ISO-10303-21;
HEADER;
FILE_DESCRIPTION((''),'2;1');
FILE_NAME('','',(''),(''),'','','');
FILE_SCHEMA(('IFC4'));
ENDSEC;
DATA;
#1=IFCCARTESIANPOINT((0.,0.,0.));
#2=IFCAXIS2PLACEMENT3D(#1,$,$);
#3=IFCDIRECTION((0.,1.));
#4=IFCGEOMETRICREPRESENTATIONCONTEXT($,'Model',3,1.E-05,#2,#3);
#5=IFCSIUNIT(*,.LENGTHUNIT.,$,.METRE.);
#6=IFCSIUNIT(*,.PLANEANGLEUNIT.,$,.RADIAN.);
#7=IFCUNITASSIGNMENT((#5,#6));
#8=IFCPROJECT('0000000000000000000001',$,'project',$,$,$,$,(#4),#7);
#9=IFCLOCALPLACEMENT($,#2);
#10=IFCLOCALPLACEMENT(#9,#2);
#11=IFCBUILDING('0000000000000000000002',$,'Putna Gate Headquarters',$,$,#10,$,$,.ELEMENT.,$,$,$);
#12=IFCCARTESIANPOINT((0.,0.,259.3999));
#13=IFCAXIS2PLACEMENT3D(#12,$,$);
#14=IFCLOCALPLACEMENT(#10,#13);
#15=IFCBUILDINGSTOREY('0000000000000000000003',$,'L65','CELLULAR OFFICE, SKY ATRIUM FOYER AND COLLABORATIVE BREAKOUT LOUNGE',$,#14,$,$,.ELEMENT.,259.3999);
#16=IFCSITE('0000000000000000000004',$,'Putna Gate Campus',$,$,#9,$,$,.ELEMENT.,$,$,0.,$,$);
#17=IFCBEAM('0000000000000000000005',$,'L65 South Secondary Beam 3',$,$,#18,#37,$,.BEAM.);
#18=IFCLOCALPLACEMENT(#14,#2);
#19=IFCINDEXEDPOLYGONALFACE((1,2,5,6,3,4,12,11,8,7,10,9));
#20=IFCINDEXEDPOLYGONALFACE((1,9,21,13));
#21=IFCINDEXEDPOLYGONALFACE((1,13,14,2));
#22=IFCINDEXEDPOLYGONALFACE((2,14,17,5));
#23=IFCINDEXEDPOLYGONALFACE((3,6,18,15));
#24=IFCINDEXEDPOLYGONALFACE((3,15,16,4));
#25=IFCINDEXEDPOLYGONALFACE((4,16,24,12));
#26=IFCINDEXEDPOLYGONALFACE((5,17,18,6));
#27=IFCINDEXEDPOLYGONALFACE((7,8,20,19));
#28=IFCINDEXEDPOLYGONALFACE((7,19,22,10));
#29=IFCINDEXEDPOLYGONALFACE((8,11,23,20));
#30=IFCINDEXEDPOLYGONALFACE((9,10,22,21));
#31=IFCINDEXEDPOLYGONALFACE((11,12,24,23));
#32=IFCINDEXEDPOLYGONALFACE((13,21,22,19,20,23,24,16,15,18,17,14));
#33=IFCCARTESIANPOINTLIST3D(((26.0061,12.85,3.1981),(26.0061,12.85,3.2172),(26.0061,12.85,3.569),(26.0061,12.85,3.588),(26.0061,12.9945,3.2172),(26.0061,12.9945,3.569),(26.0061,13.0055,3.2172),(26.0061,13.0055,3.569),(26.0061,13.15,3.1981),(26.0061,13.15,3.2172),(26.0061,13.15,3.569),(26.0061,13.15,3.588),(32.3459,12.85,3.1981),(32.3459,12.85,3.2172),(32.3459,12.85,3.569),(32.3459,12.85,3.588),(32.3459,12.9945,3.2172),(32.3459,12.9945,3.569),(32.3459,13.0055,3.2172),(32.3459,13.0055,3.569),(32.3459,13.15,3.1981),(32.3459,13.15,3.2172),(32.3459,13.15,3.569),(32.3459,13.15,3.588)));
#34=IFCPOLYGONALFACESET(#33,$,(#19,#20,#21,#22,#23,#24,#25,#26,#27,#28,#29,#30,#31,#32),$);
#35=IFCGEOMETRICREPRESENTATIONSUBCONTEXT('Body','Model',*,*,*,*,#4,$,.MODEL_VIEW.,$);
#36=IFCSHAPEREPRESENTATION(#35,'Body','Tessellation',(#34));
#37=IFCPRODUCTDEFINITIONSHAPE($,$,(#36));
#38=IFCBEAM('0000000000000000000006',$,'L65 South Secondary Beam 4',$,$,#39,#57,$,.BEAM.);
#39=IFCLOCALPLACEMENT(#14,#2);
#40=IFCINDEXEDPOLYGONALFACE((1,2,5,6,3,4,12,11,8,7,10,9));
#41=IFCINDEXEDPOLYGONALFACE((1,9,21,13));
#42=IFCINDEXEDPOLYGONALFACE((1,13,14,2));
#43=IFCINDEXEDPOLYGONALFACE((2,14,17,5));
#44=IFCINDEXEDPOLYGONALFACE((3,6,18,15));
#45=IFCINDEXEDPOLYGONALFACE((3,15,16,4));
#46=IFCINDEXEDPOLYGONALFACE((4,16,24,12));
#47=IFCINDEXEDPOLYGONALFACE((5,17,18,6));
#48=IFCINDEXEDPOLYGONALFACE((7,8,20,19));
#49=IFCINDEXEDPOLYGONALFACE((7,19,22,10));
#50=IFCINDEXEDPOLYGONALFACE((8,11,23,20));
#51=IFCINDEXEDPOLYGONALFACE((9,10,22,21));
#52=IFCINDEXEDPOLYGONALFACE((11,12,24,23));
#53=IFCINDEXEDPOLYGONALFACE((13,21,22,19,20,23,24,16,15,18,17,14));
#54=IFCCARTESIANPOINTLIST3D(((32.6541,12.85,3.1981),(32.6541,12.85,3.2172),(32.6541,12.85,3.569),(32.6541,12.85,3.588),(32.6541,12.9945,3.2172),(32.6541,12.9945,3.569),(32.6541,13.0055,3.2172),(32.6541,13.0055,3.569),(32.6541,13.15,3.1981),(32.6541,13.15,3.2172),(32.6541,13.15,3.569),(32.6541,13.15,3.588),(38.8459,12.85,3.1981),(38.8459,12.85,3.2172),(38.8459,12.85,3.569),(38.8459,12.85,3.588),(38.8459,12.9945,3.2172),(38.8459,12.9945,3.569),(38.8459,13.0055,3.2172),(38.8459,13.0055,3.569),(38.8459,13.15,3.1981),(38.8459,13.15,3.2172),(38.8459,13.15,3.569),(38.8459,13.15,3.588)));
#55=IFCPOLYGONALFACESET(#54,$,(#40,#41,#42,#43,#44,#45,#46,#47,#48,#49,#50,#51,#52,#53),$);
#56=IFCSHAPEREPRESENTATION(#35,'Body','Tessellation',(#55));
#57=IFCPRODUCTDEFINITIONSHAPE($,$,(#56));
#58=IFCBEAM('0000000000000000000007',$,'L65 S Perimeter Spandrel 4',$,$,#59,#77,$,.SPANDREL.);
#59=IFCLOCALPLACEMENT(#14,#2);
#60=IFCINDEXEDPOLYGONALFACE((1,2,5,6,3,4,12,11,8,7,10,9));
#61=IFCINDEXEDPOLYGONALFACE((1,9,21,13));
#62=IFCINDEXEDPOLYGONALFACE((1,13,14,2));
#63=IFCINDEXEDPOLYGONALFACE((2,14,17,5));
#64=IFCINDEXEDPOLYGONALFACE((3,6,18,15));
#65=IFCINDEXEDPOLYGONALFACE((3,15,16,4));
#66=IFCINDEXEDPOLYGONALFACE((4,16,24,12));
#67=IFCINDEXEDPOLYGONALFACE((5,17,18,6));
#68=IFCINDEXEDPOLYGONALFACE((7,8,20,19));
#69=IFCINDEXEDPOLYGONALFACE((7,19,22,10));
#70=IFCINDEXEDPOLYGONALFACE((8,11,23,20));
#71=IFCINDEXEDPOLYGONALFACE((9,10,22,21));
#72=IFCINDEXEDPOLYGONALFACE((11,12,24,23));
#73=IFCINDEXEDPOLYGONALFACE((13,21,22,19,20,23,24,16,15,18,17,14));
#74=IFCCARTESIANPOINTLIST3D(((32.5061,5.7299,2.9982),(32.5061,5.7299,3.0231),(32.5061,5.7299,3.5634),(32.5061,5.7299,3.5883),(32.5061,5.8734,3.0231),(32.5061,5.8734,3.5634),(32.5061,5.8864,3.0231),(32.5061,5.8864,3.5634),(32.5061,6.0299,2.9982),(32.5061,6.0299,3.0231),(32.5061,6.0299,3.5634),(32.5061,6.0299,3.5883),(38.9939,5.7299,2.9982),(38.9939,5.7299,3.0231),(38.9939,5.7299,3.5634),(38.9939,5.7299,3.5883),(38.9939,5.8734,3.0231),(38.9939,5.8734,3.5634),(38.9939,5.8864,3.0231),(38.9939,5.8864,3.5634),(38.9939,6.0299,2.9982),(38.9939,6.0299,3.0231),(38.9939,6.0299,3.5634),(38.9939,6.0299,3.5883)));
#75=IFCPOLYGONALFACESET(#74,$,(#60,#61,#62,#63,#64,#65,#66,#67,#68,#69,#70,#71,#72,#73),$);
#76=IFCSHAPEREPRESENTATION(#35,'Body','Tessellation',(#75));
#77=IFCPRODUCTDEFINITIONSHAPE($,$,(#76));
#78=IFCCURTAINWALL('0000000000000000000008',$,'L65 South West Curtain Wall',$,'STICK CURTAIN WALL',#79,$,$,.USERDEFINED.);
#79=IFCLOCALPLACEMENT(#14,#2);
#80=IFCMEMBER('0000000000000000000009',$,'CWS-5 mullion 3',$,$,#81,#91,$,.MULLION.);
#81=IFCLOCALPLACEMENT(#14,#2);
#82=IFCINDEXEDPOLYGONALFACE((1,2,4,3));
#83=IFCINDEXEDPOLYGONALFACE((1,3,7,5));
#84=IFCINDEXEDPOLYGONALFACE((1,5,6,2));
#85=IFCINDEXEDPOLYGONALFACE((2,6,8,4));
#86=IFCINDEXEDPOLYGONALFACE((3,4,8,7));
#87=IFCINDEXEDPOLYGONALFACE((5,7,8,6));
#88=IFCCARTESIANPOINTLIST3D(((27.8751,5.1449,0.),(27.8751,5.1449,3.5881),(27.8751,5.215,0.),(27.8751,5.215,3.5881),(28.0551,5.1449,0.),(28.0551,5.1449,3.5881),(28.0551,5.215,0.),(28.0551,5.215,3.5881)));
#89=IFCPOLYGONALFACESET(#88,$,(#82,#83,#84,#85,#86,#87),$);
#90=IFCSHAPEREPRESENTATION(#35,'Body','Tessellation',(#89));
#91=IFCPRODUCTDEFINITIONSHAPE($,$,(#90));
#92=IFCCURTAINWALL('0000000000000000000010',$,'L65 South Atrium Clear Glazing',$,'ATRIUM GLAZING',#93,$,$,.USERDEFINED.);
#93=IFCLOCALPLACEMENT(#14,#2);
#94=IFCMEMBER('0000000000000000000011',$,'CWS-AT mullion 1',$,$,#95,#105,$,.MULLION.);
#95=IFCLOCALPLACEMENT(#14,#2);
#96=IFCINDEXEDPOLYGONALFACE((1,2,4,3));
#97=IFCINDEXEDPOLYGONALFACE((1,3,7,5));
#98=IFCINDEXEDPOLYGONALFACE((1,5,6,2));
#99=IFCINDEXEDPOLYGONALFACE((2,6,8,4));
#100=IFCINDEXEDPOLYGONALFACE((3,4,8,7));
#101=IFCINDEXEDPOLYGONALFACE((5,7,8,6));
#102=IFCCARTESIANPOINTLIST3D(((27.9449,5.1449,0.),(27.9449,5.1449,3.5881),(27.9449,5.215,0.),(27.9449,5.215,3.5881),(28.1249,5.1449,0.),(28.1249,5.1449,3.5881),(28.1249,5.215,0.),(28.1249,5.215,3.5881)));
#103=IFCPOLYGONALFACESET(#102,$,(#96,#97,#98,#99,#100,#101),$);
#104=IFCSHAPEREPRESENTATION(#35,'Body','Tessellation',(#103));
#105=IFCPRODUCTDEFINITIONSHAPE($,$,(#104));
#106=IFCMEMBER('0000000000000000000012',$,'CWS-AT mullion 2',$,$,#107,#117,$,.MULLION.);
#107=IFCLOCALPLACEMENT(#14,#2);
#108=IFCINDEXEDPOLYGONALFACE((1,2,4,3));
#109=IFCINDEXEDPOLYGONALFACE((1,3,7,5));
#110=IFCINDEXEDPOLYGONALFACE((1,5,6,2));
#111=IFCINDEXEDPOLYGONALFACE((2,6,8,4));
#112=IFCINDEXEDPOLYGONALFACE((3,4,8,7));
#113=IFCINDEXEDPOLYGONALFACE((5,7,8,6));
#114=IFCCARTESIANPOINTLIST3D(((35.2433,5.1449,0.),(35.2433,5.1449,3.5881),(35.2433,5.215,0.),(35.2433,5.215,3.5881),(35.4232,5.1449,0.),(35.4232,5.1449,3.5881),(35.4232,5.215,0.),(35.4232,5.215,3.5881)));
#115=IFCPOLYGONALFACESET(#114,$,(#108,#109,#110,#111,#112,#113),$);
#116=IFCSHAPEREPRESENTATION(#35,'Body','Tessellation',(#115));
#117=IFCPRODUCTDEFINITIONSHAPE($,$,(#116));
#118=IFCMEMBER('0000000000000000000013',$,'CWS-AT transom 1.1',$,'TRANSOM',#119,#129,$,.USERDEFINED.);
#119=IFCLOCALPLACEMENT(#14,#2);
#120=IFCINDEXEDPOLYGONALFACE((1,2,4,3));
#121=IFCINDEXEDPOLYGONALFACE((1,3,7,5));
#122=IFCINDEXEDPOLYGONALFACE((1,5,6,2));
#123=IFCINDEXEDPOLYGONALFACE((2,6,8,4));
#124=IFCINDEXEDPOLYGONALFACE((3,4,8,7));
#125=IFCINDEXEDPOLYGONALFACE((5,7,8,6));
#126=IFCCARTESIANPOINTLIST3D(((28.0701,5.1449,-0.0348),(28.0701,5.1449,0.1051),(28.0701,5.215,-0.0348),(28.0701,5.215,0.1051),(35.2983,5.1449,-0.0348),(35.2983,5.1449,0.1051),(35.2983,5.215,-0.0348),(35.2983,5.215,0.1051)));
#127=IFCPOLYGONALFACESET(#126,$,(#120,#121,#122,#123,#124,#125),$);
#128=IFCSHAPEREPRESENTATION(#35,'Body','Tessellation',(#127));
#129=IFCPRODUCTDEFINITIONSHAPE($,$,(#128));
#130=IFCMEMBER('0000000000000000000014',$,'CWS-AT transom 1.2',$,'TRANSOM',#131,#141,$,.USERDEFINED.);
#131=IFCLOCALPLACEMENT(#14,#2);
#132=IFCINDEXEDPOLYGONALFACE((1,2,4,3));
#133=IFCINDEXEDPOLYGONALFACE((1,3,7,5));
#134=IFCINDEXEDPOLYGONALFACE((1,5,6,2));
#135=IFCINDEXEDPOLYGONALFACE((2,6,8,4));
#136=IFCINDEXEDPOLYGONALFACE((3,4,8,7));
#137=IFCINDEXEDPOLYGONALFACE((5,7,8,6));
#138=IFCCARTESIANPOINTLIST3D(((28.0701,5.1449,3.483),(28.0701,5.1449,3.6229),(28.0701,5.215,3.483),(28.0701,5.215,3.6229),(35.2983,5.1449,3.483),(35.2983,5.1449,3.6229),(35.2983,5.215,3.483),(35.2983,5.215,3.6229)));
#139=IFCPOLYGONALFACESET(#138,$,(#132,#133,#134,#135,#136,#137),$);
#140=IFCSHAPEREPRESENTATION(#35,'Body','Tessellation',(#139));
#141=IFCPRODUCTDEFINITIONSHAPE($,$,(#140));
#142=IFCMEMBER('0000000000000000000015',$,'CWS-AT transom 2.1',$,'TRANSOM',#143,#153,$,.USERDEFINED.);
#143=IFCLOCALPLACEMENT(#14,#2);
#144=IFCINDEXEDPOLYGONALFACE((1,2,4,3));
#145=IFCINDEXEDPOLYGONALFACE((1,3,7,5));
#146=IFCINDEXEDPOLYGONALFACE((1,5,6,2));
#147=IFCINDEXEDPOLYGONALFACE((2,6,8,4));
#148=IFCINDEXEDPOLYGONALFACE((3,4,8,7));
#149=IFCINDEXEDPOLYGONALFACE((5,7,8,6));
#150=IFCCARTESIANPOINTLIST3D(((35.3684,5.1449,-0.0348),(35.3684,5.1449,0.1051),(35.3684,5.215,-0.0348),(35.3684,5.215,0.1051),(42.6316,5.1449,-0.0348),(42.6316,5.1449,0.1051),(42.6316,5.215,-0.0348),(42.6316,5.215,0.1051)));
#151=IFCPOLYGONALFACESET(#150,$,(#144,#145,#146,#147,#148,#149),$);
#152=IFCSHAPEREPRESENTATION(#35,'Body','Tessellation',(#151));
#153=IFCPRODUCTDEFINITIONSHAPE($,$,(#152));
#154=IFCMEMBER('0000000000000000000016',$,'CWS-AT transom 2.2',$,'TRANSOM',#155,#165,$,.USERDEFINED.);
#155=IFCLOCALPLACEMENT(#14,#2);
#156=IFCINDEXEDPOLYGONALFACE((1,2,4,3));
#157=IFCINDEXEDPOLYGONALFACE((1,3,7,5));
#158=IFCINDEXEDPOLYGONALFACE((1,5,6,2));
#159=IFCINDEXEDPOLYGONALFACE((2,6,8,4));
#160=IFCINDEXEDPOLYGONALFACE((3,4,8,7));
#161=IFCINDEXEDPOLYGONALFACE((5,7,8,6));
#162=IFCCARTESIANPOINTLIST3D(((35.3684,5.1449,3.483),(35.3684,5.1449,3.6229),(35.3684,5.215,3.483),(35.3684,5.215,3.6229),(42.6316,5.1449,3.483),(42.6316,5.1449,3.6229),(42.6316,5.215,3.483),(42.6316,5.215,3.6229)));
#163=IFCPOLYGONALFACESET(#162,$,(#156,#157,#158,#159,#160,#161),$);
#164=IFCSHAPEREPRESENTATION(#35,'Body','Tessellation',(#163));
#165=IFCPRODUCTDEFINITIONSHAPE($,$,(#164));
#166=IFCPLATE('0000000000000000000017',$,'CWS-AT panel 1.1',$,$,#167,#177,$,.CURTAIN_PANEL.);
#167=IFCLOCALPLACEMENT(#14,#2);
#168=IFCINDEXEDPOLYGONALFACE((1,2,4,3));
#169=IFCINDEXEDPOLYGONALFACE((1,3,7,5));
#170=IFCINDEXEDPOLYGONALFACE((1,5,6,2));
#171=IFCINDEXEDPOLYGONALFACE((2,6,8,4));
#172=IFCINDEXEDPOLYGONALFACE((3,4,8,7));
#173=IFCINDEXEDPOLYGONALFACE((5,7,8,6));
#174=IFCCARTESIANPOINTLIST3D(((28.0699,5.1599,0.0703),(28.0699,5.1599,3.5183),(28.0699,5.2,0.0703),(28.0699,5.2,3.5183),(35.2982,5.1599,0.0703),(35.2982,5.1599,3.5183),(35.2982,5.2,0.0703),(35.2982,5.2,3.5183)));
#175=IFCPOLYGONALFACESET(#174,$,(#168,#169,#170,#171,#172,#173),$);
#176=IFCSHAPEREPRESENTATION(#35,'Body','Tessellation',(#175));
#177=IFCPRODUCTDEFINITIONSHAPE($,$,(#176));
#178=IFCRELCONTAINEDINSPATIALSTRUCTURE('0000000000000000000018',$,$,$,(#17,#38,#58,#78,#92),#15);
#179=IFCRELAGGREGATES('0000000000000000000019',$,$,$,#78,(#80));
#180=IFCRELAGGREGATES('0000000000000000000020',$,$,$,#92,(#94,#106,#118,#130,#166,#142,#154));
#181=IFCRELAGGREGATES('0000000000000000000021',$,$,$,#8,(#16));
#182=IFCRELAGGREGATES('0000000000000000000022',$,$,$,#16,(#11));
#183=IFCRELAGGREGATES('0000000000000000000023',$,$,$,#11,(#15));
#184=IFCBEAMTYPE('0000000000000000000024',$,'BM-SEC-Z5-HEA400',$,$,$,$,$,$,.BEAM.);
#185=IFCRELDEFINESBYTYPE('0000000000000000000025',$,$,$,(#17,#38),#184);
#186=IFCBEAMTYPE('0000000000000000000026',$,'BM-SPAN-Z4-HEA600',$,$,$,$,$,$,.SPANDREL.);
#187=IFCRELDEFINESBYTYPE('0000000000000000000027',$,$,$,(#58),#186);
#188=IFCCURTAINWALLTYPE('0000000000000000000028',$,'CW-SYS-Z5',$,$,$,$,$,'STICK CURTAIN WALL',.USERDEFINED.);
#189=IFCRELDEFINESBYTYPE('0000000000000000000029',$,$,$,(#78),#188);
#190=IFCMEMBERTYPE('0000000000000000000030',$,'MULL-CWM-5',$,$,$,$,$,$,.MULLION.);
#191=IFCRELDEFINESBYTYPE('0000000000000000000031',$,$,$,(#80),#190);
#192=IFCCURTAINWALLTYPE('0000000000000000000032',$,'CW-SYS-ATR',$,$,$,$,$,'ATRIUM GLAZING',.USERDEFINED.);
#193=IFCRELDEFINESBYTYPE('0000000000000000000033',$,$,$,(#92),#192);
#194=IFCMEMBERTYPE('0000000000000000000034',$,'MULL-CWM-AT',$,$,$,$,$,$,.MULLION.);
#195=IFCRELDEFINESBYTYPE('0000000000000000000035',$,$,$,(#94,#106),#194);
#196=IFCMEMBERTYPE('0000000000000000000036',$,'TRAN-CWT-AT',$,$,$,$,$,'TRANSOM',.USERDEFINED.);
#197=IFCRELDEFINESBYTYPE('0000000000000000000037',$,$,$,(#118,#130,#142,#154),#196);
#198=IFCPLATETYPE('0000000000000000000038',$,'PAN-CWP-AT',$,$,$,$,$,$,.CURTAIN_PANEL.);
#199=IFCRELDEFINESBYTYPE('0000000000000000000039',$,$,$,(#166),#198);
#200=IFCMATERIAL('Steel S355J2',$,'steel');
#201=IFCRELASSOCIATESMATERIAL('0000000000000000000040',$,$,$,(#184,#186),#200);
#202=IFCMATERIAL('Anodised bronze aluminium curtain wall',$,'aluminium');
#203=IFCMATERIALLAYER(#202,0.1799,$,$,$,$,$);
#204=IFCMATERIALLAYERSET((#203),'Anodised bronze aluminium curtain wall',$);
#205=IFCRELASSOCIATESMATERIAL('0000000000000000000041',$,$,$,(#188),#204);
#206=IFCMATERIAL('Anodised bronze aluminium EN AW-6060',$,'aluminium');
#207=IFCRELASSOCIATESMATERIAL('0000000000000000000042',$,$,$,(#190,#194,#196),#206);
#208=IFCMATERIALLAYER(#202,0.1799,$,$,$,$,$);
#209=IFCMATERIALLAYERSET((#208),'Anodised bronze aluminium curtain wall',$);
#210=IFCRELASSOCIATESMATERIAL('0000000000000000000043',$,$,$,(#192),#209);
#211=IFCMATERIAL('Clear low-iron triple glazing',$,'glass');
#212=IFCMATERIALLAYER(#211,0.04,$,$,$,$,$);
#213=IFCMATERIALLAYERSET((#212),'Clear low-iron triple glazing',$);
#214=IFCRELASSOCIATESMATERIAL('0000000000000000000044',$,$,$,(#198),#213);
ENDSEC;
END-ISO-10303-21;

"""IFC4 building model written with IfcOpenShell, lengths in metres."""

from ifc_helpers import new_model, si_unit, direction, frame, origin, origin_2d, place, context, subcontext, project, spatial, rectangle, i_section, extrude, material, layer, layer_set, material_profile, profile_set, type_object, element, aggregate, save


model = new_model("IFC4")

# Units and contexts
model_context = context("Model", 3, precision=1e-05, world=origin(), true_north=direction((0.0, 1.0)))
body_context = subcontext(model_context, "Body", "Model", "MODEL_VIEW")
ifc_project = project(units=[si_unit("LENGTHUNIT", "METRE"), si_unit("PLANEANGLEUNIT", "RADIAN")], contexts=[model_context])

# Site, building, storey
site_placement = place(None, origin())
site = spatial("IfcSite", under=ifc_project, at=site_placement, Name="Putna Gate Campus", CompositionType="ELEMENT", RefElevation=0.0)
building_placement = place(site_placement, origin())
building = spatial("IfcBuilding", under=site, at=building_placement, Name="Putna Gate Headquarters", CompositionType="ELEMENT")
storey_placement = place(building_placement, frame((0.0, 0.0, 259.3999)))
storey = spatial("IfcBuildingStorey", under=building, at=storey_placement, Name="L65", Description="CELLULAR OFFICE, SKY ATRIUM FOYER AND COLLABORATIVE BREAKOUT LOUNGE", CompositionType="ELEMENT", Elevation=259.3999)

# Beams
ifc_material_1 = material(Name="Steel S355J2", Category="steel")
ifc_material_profile_1 = material_profile(ifc_material_1, i_section(OverallWidth=0.3, OverallDepth=0.3899, WebThickness=0.011, FlangeThickness=0.019, at=origin_2d()), Name="Steel S355J2")
ifc_profile_set_1 = profile_set([ifc_material_profile_1], Name="Steel S355J2")
beam_type_1 = type_object("IfcBeamType", Name="BM-SEC-Z5-HEA400", PredefinedType="BEAM", material=ifc_profile_set_1)
beam_1_placement = place(storey_placement, frame((26.0061, 13.0, 3.3931), z_axis=(1.0, 0.0, 0.0), x_axis=(0.0, 1.0, 0.0)))
element("IfcBeam", 1, at=beam_1_placement, inside=storey, type_object=beam_type_1, Name="L65 South Secondary Beam 3", PredefinedType="BEAM", context=body_context, shape_type="SweptSolid", body=[
    extrude(i_section(OverallWidth=0.3, OverallDepth=0.3899, WebThickness=0.011, FlangeThickness=0.019, at=origin_2d()), origin(), (0.0, 0.0, 1.0), 6.3398),
])
beam_2_placement = place(storey_placement, frame((32.6541, 13.0, 3.3931), z_axis=(1.0, 0.0, 0.0), x_axis=(0.0, 1.0, 0.0)))
element("IfcBeam", 2, at=beam_2_placement, inside=storey, type_object=beam_type_1, Name="L65 South Secondary Beam 4", PredefinedType="BEAM", context=body_context, shape_type="SweptSolid", body=[
    extrude(i_section(OverallWidth=0.3, OverallDepth=0.3899, WebThickness=0.011, FlangeThickness=0.019, at=origin_2d()), origin(), (0.0, 0.0, 1.0), 6.1919),
])
ifc_material_profile_2 = material_profile(ifc_material_1, i_section(OverallWidth=0.3, OverallDepth=0.5901, WebThickness=0.0129, FlangeThickness=0.0249, at=origin_2d()), Name="Steel S355J2")
ifc_profile_set_2 = profile_set([ifc_material_profile_2], Name="Steel S355J2")
beam_type_2 = type_object("IfcBeamType", Name="BM-SPAN-Z4-HEA600", PredefinedType="SPANDREL", material=ifc_profile_set_2)
beam_3_placement = place(storey_placement, frame((32.5061, 5.8799, 3.2932), z_axis=(1.0, 0.0, 0.0), x_axis=(0.0, 1.0, 0.0)))
element("IfcBeam", 3, at=beam_3_placement, inside=storey, type_object=beam_type_2, Name="L65 S Perimeter Spandrel 4", PredefinedType="SPANDREL", context=body_context, shape_type="SweptSolid", body=[
    extrude(i_section(OverallWidth=0.3, OverallDepth=0.5901, WebThickness=0.0129, FlangeThickness=0.0249, at=origin_2d()), origin(), (0.0, 0.0, 1.0), 6.4878),
])

# Curtain wall, member
ifc_material_2 = material(Name="Anodised bronze aluminium curtain wall", Category="aluminium")
ifc_layer_1 = layer(ifc_material_2, 0.1799)
ifc_layer_set_1 = layer_set([ifc_layer_1], Name="Anodised bronze aluminium curtain wall")
curtain_wall_type_1 = type_object("IfcCurtainWallType", Name="CW-SYS-Z5", ElementType="STICK CURTAIN WALL", PredefinedType="USERDEFINED", material=ifc_layer_set_1)
curtain_wall_1_placement = place(storey_placement, origin())
curtain_wall_1 = element("IfcCurtainWall", 4, at=curtain_wall_1_placement, inside=storey, type_object=curtain_wall_type_1, Name="L65 South West Curtain Wall", ObjectType="STICK CURTAIN WALL", PredefinedType="USERDEFINED")
ifc_material_3 = material(Name="Anodised bronze aluminium EN AW-6060", Category="aluminium")
ifc_material_profile_3 = material_profile(ifc_material_3, rectangle(XDim=0.0701, YDim=0.1799, at=origin_2d()), Name="Anodised bronze aluminium EN AW-6060")
ifc_profile_set_3 = profile_set([ifc_material_profile_3], Name="Anodised bronze aluminium EN AW-6060")
member_type_1 = type_object("IfcMemberType", Name="MULL-CWM-5", PredefinedType="MULLION", material=ifc_profile_set_3)
member_1_placement = place(storey_placement, frame((27.9651, 5.1799, 0.0), z_axis=(0.0, 0.0, 1.0), x_axis=(0.0, 1.0, 0.0)))
member_1 = element("IfcMember", 5, at=member_1_placement, type_object=member_type_1, Name="CWS-5 mullion 3", PredefinedType="MULLION", context=body_context, shape_type="SweptSolid", body=[
    extrude(rectangle(XDim=0.0701, YDim=0.1799, at=origin_2d()), origin(), (0.0, 0.0, 1.0), 3.5881),
])
aggregate(curtain_wall_1, [member_1])

# Curtain wall, members, plate
ifc_layer_2 = layer(ifc_material_2, 0.1799)
ifc_layer_set_2 = layer_set([ifc_layer_2], Name="Anodised bronze aluminium curtain wall")
curtain_wall_type_2 = type_object("IfcCurtainWallType", Name="CW-SYS-ATR", ElementType="ATRIUM GLAZING", PredefinedType="USERDEFINED", material=ifc_layer_set_2)
curtain_wall_2_placement = place(storey_placement, origin())
curtain_wall_2 = element("IfcCurtainWall", 6, at=curtain_wall_2_placement, inside=storey, type_object=curtain_wall_type_2, Name="L65 South Atrium Clear Glazing", ObjectType="ATRIUM GLAZING", PredefinedType="USERDEFINED")
ifc_material_profile_4 = material_profile(ifc_material_3, rectangle(XDim=0.0701, YDim=0.1799, at=origin_2d()), Name="Anodised bronze aluminium EN AW-6060")
ifc_profile_set_4 = profile_set([ifc_material_profile_4], Name="Anodised bronze aluminium EN AW-6060")
member_type_2 = type_object("IfcMemberType", Name="MULL-CWM-AT", PredefinedType="MULLION", material=ifc_profile_set_4)
member_2_placement = place(storey_placement, frame((28.0349, 5.1799, 0.0), z_axis=(0.0, 0.0, 1.0), x_axis=(0.0, 1.0, 0.0)))
member_2 = element("IfcMember", 7, at=member_2_placement, type_object=member_type_2, Name="CWS-AT mullion 1", PredefinedType="MULLION", context=body_context, shape_type="SweptSolid", body=[
    extrude(rectangle(XDim=0.0701, YDim=0.1799, at=origin_2d()), origin(), (0.0, 0.0, 1.0), 3.5881),
])
member_3_placement = place(storey_placement, frame((35.3333, 5.1799, 0.0), z_axis=(0.0, 0.0, 1.0), x_axis=(0.0, 1.0, 0.0)))
member_3 = element("IfcMember", 8, at=member_3_placement, type_object=member_type_2, Name="CWS-AT mullion 2", PredefinedType="MULLION", context=body_context, shape_type="SweptSolid", body=[
    extrude(rectangle(XDim=0.0701, YDim=0.1799, at=origin_2d()), origin(), (0.0, 0.0, 1.0), 3.5881),
])
ifc_material_profile_5 = material_profile(ifc_material_3, rectangle(XDim=0.0701, YDim=0.1399, at=origin_2d()), Name="Anodised bronze aluminium EN AW-6060")
ifc_profile_set_5 = profile_set([ifc_material_profile_5], Name="Anodised bronze aluminium EN AW-6060")
member_type_3 = type_object("IfcMemberType", Name="TRAN-CWT-AT", ElementType="TRANSOM", PredefinedType="USERDEFINED", material=ifc_profile_set_5)
member_4_placement = place(storey_placement, frame((28.0701, 5.1799, 0.0352), z_axis=(1.0, 0.0, 0.0), x_axis=(0.0, 1.0, 0.0)))
member_4 = element("IfcMember", 9, at=member_4_placement, type_object=member_type_3, Name="CWS-AT transom 1.1", ObjectType="TRANSOM", PredefinedType="USERDEFINED", context=body_context, shape_type="SweptSolid", body=[
    extrude(rectangle(XDim=0.0701, YDim=0.1399, at=origin_2d()), origin(), (0.0, 0.0, 1.0), 7.2283),
])
member_5_placement = place(storey_placement, frame((28.0701, 5.1799, 3.553), z_axis=(1.0, 0.0, 0.0), x_axis=(0.0, 1.0, 0.0)))
member_5 = element("IfcMember", 10, at=member_5_placement, type_object=member_type_3, Name="CWS-AT transom 1.2", ObjectType="TRANSOM", PredefinedType="USERDEFINED", context=body_context, shape_type="SweptSolid", body=[
    extrude(rectangle(XDim=0.0701, YDim=0.1399, at=origin_2d()), origin(), (0.0, 0.0, 1.0), 7.2283),
])
member_6_placement = place(storey_placement, frame((35.3684, 5.1799, 0.0352), z_axis=(1.0, 0.0, 0.0), x_axis=(0.0, 1.0, 0.0)))
member_6 = element("IfcMember", 11, at=member_6_placement, type_object=member_type_3, Name="CWS-AT transom 2.1", ObjectType="TRANSOM", PredefinedType="USERDEFINED", context=body_context, shape_type="SweptSolid", body=[
    extrude(rectangle(XDim=0.0701, YDim=0.1399, at=origin_2d()), origin(), (0.0, 0.0, 1.0), 7.2632),
])
member_7_placement = place(storey_placement, frame((35.3684, 5.1799, 3.553), z_axis=(1.0, 0.0, 0.0), x_axis=(0.0, 1.0, 0.0)))
member_7 = element("IfcMember", 12, at=member_7_placement, type_object=member_type_3, Name="CWS-AT transom 2.2", ObjectType="TRANSOM", PredefinedType="USERDEFINED", context=body_context, shape_type="SweptSolid", body=[
    extrude(rectangle(XDim=0.0701, YDim=0.1399, at=origin_2d()), origin(), (0.0, 0.0, 1.0), 7.2632),
])
ifc_material_4 = material(Name="Clear low-iron triple glazing", Category="glass")
ifc_layer_3 = layer(ifc_material_4, 0.04)
ifc_layer_set_3 = layer_set([ifc_layer_3], Name="Clear low-iron triple glazing")
plate_type = type_object("IfcPlateType", Name="PAN-CWP-AT", PredefinedType="CURTAIN_PANEL", material=ifc_layer_set_3)
plate_placement = place(storey_placement, frame((31.6841, 5.1799, 0.0703), z_axis=(0.0, 0.0, 1.0), x_axis=(1.0, 0.0, 0.0)))
plate = element("IfcPlate", 13, at=plate_placement, type_object=plate_type, Name="CWS-AT panel 1.1", PredefinedType="CURTAIN_PANEL", context=body_context, shape_type="SweptSolid", body=[
    extrude(rectangle(XDim=7.2283, YDim=0.04, at=origin_2d()), origin(), (0.0, 0.0, 1.0), 3.448),
])
aggregate(curtain_wall_2, [member_2, member_3, member_4, member_5, plate, member_6, member_7])

save(model, "model.ifc")
